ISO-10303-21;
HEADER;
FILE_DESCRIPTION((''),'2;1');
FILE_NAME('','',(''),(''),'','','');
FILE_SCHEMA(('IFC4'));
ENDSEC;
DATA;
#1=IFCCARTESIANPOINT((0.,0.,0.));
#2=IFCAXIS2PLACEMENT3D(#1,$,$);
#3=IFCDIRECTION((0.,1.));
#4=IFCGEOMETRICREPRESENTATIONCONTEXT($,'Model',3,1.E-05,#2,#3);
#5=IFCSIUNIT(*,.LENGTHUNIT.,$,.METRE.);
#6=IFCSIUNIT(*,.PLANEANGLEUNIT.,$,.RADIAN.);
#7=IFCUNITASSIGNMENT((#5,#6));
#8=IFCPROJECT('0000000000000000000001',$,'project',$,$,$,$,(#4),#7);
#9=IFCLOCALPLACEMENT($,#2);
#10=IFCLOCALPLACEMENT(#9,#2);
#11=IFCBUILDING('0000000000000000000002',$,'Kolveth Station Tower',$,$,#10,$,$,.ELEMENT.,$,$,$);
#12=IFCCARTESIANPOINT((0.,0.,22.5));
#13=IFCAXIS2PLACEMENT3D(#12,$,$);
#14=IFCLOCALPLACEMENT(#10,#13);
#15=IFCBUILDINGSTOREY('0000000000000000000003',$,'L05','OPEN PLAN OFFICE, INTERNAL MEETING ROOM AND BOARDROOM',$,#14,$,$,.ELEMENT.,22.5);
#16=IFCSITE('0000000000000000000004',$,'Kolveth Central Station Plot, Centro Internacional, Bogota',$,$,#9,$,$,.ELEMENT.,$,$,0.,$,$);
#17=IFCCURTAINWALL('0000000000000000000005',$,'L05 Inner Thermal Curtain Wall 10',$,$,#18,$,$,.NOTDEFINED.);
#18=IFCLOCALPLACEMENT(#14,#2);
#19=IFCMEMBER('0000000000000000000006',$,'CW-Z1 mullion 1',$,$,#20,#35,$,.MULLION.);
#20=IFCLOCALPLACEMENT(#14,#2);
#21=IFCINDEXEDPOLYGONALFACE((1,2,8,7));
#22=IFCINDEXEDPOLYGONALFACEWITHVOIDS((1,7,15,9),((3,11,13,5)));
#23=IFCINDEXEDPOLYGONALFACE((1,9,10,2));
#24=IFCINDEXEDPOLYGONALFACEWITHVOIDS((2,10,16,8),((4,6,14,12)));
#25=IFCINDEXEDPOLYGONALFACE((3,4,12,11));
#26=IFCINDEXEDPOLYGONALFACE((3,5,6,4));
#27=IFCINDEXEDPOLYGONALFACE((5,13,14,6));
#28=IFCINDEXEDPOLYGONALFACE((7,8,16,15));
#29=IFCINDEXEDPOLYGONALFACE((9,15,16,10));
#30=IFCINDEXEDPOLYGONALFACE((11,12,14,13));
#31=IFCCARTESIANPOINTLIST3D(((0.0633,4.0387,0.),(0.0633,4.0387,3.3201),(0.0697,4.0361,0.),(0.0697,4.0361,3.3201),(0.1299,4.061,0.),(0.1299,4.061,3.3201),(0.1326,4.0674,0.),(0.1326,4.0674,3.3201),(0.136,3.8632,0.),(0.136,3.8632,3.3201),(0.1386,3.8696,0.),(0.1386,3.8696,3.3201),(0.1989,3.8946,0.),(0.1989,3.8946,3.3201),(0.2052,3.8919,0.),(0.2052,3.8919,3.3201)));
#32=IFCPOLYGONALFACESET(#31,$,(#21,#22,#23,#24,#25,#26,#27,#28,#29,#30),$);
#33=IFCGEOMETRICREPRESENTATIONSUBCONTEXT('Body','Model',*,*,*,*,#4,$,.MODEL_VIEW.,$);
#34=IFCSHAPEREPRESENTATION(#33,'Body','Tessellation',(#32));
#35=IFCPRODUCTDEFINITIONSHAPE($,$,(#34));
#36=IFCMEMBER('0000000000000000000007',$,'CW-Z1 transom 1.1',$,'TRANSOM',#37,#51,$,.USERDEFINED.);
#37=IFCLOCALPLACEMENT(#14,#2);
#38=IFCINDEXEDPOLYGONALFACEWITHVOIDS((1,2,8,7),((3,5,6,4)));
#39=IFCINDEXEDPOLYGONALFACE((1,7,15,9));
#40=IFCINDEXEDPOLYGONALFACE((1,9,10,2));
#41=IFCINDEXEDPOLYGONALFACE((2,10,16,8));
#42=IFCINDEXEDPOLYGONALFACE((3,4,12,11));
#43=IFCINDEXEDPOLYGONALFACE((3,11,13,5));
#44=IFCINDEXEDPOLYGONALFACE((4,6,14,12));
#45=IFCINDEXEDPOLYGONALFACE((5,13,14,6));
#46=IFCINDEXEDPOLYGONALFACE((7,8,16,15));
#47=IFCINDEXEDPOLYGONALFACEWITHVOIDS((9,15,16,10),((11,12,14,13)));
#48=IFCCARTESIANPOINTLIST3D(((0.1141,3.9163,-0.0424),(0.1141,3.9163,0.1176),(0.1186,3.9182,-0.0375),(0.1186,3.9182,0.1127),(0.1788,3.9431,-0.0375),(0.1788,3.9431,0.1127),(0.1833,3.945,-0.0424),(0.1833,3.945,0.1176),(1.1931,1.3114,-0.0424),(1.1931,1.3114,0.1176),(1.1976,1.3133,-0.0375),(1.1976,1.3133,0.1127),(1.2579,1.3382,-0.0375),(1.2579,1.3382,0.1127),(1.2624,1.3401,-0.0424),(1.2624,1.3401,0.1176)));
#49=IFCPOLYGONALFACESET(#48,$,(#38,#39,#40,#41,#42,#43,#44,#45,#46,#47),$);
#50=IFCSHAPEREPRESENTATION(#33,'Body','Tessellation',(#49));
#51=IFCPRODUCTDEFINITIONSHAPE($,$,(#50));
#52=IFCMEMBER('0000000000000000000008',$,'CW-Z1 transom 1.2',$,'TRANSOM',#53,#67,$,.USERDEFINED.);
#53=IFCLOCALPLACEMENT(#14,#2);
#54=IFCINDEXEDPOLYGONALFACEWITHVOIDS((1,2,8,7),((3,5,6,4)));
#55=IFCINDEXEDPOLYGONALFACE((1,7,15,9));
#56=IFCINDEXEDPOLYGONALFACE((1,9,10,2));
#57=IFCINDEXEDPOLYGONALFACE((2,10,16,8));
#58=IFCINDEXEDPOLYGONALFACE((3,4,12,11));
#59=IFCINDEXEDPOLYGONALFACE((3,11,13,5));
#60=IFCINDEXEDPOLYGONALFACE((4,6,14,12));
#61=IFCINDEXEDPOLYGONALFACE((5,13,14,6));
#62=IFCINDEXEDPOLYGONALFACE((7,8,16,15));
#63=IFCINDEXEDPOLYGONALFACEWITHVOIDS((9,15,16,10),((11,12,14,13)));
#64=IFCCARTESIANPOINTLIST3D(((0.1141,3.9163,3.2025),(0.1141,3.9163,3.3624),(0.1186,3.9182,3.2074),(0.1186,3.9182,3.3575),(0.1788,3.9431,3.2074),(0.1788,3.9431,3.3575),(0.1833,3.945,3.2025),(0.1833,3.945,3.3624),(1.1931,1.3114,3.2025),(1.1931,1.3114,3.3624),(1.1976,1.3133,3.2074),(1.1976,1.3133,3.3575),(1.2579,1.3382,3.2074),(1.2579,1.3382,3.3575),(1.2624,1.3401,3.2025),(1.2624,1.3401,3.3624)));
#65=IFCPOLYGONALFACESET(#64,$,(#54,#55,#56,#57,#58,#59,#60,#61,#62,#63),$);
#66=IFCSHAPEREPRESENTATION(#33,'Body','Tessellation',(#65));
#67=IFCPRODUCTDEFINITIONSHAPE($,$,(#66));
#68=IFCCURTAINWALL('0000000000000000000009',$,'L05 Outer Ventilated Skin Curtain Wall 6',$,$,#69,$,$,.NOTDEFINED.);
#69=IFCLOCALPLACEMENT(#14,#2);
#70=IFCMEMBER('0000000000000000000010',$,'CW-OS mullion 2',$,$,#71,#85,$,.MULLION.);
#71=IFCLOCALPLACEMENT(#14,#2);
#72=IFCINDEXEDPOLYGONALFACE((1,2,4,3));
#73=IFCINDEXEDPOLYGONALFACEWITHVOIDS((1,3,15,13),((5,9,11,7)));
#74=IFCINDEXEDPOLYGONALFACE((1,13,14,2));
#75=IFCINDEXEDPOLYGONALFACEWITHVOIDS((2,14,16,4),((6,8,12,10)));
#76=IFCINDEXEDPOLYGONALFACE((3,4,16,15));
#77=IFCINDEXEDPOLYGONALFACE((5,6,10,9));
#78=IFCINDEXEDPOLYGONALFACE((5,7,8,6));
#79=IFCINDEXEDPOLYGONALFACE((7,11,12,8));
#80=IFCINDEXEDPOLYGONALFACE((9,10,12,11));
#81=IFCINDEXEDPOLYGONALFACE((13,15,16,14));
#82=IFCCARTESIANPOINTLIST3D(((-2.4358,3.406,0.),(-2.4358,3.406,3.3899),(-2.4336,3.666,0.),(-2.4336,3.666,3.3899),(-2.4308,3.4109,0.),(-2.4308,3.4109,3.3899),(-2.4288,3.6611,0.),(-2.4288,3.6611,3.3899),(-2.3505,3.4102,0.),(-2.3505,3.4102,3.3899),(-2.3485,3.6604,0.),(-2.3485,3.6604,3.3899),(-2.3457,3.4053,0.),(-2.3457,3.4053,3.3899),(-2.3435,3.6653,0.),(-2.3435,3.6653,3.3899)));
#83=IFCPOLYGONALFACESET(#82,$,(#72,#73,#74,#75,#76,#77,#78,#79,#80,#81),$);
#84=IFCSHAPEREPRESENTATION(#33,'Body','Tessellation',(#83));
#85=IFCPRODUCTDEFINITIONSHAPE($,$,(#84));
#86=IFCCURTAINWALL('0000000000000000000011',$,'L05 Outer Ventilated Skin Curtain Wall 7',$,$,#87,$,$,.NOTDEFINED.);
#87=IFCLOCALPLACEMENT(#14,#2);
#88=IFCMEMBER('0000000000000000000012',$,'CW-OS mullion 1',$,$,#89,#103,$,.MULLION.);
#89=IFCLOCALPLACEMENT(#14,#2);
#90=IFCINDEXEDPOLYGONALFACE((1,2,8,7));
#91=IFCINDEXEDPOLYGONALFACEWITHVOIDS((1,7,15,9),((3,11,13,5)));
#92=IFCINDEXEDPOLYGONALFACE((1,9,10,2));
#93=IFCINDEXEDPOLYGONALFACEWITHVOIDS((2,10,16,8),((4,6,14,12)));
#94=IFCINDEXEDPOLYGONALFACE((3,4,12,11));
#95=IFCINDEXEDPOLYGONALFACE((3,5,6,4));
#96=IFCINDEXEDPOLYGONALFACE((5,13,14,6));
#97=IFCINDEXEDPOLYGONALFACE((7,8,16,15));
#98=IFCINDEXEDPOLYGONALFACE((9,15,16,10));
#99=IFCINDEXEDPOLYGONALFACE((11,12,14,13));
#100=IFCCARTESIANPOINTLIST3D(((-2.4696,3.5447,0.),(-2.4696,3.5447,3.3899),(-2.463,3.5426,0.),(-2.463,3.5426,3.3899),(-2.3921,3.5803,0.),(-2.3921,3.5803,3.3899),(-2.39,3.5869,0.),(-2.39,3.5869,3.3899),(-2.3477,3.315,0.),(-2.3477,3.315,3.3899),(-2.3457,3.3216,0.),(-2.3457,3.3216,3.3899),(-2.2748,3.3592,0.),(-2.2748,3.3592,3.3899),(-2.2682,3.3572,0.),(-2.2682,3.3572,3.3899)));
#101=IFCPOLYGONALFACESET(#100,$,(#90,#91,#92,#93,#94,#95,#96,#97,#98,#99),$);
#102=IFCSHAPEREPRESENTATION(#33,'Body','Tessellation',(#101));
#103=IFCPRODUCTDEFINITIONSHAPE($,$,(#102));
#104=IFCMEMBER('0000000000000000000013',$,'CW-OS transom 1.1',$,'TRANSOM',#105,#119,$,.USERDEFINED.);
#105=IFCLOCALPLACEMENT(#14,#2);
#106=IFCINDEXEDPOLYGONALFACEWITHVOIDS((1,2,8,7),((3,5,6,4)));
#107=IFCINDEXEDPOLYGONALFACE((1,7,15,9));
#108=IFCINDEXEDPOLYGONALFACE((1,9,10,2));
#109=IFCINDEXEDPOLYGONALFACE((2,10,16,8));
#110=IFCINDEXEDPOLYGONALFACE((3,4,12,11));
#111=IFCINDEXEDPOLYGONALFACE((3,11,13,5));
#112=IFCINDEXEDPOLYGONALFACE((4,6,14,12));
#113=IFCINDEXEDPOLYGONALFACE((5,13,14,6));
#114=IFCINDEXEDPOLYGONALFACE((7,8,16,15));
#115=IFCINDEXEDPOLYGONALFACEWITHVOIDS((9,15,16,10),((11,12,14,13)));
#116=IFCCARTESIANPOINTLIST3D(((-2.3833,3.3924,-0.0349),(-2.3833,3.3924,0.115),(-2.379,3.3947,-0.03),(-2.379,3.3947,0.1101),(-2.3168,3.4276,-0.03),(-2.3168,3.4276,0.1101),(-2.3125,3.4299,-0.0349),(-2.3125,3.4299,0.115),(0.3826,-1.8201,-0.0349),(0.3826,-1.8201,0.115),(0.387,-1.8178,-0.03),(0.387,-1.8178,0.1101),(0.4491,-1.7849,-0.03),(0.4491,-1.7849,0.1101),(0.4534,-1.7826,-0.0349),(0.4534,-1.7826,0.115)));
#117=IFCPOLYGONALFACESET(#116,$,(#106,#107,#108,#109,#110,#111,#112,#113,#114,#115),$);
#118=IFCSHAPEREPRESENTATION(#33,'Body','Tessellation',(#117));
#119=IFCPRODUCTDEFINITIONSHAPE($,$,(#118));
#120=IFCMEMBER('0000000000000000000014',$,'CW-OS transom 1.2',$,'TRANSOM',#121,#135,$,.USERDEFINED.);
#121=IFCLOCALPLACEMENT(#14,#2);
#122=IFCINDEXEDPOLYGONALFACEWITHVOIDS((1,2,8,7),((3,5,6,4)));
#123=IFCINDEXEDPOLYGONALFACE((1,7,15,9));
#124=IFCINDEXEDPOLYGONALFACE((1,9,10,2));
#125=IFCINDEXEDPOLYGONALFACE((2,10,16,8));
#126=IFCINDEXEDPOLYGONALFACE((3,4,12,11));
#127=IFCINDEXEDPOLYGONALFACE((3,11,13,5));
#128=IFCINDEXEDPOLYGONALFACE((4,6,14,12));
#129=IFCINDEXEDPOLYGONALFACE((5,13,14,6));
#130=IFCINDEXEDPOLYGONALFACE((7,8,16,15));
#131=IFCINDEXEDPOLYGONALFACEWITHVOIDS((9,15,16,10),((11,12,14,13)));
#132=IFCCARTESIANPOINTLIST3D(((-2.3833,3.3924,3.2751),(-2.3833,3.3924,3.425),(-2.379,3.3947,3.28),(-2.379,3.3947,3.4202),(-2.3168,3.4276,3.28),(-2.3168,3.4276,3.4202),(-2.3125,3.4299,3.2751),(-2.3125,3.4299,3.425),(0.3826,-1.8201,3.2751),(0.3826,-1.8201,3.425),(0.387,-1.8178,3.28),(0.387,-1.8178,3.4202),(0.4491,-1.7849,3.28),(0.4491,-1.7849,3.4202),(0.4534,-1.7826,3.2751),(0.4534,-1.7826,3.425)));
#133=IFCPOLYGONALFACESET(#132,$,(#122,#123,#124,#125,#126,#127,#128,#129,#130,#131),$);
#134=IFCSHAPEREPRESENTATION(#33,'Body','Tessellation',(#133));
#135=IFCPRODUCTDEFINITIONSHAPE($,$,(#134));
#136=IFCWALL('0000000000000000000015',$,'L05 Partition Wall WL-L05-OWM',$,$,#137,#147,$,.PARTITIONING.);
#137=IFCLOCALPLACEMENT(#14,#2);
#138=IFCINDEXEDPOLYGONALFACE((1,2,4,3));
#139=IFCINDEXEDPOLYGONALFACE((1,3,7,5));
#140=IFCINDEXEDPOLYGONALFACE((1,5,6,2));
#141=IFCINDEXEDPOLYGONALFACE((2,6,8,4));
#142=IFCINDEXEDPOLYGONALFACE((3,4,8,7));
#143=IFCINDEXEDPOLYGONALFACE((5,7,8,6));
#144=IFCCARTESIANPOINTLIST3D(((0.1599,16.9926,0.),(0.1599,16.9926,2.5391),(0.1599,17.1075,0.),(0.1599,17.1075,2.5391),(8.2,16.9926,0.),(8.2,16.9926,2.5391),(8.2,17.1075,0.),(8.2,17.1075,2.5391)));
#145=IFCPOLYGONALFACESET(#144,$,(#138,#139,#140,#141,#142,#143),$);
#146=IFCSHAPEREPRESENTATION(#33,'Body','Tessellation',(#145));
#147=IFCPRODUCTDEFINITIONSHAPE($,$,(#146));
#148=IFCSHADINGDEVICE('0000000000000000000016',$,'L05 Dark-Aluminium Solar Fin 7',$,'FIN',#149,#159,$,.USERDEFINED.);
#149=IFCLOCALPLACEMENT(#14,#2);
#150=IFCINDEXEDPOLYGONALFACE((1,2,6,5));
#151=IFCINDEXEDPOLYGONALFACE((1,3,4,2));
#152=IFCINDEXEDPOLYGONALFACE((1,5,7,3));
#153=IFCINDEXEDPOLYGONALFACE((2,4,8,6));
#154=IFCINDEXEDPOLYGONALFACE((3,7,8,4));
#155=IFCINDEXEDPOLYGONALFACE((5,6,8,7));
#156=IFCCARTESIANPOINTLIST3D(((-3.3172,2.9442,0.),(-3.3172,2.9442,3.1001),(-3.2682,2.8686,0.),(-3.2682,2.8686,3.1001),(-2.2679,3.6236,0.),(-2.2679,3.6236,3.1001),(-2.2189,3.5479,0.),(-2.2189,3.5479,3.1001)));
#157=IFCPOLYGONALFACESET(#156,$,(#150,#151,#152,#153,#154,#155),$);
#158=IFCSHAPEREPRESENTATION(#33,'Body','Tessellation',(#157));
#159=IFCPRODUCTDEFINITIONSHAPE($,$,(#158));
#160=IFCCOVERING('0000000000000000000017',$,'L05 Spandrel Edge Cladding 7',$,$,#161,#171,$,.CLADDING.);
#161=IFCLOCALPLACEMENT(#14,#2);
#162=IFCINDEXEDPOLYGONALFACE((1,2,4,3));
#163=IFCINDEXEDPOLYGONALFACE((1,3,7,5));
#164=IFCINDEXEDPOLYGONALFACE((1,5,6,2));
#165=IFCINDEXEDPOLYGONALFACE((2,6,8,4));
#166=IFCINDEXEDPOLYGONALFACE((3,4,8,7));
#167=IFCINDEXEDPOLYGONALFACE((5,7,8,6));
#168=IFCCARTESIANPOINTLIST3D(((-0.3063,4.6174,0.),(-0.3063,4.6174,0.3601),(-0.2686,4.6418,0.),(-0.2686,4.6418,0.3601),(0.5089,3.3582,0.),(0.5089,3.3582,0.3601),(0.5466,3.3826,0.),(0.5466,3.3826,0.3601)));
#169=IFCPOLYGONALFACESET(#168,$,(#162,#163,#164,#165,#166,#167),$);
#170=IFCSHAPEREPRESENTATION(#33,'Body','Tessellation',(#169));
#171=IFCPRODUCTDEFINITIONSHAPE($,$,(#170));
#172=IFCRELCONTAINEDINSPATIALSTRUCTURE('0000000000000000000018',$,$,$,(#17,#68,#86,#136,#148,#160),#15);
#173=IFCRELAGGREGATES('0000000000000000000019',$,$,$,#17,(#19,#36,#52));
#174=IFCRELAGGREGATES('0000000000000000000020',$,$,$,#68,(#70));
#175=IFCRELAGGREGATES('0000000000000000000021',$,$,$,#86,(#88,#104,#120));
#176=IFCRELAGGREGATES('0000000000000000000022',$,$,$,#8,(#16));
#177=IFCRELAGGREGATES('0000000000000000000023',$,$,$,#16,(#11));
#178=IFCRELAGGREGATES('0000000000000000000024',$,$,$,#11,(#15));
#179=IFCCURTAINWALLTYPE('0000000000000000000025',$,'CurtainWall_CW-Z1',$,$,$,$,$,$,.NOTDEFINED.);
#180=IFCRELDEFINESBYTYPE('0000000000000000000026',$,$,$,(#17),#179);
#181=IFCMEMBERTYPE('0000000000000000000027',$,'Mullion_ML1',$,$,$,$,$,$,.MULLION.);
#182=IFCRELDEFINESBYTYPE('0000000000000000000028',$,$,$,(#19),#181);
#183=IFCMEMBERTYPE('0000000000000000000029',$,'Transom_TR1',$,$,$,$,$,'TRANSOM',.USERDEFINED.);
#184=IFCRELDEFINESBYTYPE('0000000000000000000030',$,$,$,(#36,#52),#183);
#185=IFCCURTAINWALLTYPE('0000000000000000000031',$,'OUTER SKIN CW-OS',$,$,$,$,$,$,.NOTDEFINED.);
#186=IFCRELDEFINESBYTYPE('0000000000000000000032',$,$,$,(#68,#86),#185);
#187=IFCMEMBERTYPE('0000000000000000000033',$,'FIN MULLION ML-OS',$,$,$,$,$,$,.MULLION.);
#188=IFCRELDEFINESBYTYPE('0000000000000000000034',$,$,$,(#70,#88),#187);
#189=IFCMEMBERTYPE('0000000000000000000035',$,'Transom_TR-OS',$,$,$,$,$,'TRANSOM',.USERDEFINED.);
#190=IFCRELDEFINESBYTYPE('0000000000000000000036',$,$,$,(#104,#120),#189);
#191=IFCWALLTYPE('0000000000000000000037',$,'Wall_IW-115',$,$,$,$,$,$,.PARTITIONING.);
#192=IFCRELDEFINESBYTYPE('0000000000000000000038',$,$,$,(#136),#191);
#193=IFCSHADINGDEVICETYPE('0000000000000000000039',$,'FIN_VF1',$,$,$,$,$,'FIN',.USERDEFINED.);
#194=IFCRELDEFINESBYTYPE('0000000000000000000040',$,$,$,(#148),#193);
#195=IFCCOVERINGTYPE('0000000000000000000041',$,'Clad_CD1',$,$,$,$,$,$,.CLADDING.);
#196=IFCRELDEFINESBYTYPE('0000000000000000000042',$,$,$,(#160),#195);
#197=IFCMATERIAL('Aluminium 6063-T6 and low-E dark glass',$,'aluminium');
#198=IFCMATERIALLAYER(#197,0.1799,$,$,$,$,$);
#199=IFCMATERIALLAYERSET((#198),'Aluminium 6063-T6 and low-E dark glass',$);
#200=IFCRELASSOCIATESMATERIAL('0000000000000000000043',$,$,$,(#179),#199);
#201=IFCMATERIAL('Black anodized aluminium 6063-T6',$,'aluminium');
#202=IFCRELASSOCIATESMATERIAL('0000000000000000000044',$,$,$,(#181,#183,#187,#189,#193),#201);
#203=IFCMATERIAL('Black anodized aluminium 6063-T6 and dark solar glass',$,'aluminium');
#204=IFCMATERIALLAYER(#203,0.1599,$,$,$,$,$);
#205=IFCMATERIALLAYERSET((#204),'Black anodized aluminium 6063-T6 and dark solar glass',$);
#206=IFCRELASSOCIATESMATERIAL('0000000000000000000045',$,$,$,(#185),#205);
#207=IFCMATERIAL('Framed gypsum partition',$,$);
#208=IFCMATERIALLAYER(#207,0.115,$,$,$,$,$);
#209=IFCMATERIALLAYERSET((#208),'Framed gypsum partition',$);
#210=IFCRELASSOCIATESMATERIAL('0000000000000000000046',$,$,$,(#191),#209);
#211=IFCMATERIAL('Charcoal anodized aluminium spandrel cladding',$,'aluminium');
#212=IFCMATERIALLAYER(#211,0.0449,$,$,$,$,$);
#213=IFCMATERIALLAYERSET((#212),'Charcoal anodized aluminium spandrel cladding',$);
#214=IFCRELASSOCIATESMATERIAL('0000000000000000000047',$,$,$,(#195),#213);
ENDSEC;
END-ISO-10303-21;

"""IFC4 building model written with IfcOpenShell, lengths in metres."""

from ifc_helpers import new_model, si_unit, direction, frame, frame_2d, origin, origin_2d, place, context, subcontext, project, spatial, rectangle, hollow_rectangle, extrude, source, transform, mapped, material, layer, layer_set, material_profile, profile_set, type_object, element, aggregate, save


model = new_model("IFC4")

# Units and contexts
model_context = context("Model", 3, precision=1e-05, world=origin(), true_north=direction((0.0, 1.0)))
body_context = subcontext(model_context, "Body", "Model", "MODEL_VIEW")
ifc_project = project(units=[si_unit("LENGTHUNIT", "METRE"), si_unit("PLANEANGLEUNIT", "RADIAN")], contexts=[model_context])

# Site, building, storey
site_placement = place(None, origin())
site = spatial("IfcSite", under=ifc_project, at=site_placement, Name="Kolveth Central Station Plot, Centro Internacional, Bogota", CompositionType="ELEMENT", RefElevation=0.0)
building_placement = place(site_placement, origin())
building = spatial("IfcBuilding", under=site, at=building_placement, Name="Kolveth Station Tower", CompositionType="ELEMENT")
storey_placement = place(building_placement, frame((0.0, 0.0, 22.5)))
storey = spatial("IfcBuildingStorey", under=building, at=storey_placement, Name="L05", Description="OPEN PLAN OFFICE, INTERNAL MEETING ROOM AND BOARDROOM", CompositionType="ELEMENT", Elevation=22.5)

# Shared definitions
ifc_material_1 = material(Name="Aluminium 6063-T6 and low-E dark glass", Category="aluminium")
ifc_layer_1 = layer(ifc_material_1, 0.1799)
ifc_layer_set_1 = layer_set([ifc_layer_1], Name="Aluminium 6063-T6 and low-E dark glass")
curtain_wall_type_1 = type_object("IfcCurtainWallType", Name="CurtainWall_CW-Z1", PredefinedType="NOTDEFINED", material=ifc_layer_set_1)
ifc_material_2 = material(Name="Black anodized aluminium 6063-T6", Category="aluminium")
ifc_material_profile_1 = material_profile(ifc_material_2, hollow_rectangle(XDim=0.075, YDim=0.1899, WallThickness=0.0049, at=origin_2d()), Name="ALU-75x190x5")
ifc_profile_set_1 = profile_set([ifc_material_profile_1], Name="Black anodized aluminium 6063-T6")
member_type_1 = type_object("IfcMemberType", Name="Mullion_ML1", PredefinedType="MULLION", material=ifc_profile_set_1)
shared_shape_1 = source(origin(), body_context, "Body", "SweptSolid", [
    extrude(hollow_rectangle(XDim=0.075, YDim=0.1899, WallThickness=0.0049, at=origin_2d()), origin(), (0.0, 0.0, 1.0), 3.3201),
])

# Curtain wall, members
curtain_wall_1_placement = place(storey_placement, origin())
curtain_wall_1 = element("IfcCurtainWall", 1, at=curtain_wall_1_placement, inside=storey, type_object=curtain_wall_type_1, Name="L05 Inner Thermal Curtain Wall 10", PredefinedType="NOTDEFINED")
member_1_placement = place(storey_placement, frame((0.1343, 3.9653, 0.0), z_axis=(0.0, 0.0, 1.0), x_axis=(0.923884, 0.382673, 0.0)))
member_1 = element("IfcMember", 2, at=member_1_placement, type_object=member_type_1, Name="CW-Z1 mullion 1", PredefinedType="MULLION", context=body_context, shape_type="MappedRepresentation", body=[
    mapped(shared_shape_1, transform((0.0, 0.0, 0.0), x_axis=(1.0, 0.0, 0.0), y_axis=(0.0, 1.0, 0.0), z_axis=(0.0, 0.0, 1.0), scale=1.0)),
])
ifc_material_profile_2 = material_profile(ifc_material_2, hollow_rectangle(XDim=0.075, YDim=0.1599, WallThickness=0.0049, at=origin_2d()), Name="ALU-75x160x5")
ifc_profile_set_2 = profile_set([ifc_material_profile_2], Name="Black anodized aluminium 6063-T6")
member_type_2 = type_object("IfcMemberType", Name="Transom_TR1", ElementType="TRANSOM", PredefinedType="USERDEFINED", material=ifc_profile_set_2)
shared_shape_2 = source(origin(), body_context, "Body", "SweptSolid", [
    extrude(hollow_rectangle(XDim=0.075, YDim=0.1599, WallThickness=0.0049, at=origin_2d()), origin(), (0.0, 0.0, 1.0), 2.8196),
])
member_2_placement = place(storey_placement, frame((0.1487, 3.9307, 0.0376), z_axis=(0.382709, -0.923869, 0.0), x_axis=(0.923869, 0.382709, 0.0)))
member_2 = element("IfcMember", 3, at=member_2_placement, type_object=member_type_2, Name="CW-Z1 transom 1.1", ObjectType="TRANSOM", PredefinedType="USERDEFINED", context=body_context, shape_type="MappedRepresentation", body=[
    mapped(shared_shape_2, transform((0.0, 0.0, 0.0), x_axis=(1.0, 0.0, 0.0), y_axis=(0.0, 1.0, 0.0), z_axis=(0.0, 0.0, 1.0), scale=1.0)),
])
member_3_placement = place(storey_placement, frame((0.1487, 3.9307, 3.2825), z_axis=(0.382709, -0.923869, 0.0), x_axis=(0.923869, 0.382709, 0.0)))
member_3 = element("IfcMember", 4, at=member_3_placement, type_object=member_type_2, Name="CW-Z1 transom 1.2", ObjectType="TRANSOM", PredefinedType="USERDEFINED", context=body_context, shape_type="MappedRepresentation", body=[
    mapped(shared_shape_2, transform((0.0, 0.0, 0.0), x_axis=(1.0, 0.0, 0.0), y_axis=(0.0, 1.0, 0.0), z_axis=(0.0, 0.0, 1.0), scale=1.0)),
])
aggregate(curtain_wall_1, [member_1, member_2, member_3])

# Curtain wall, member
ifc_material_3 = material(Name="Black anodized aluminium 6063-T6 and dark solar glass", Category="aluminium")
ifc_layer_2 = layer(ifc_material_3, 0.1599)
ifc_layer_set_2 = layer_set([ifc_layer_2], Name="Black anodized aluminium 6063-T6 and dark solar glass")
curtain_wall_type_2 = type_object("IfcCurtainWallType", Name="OUTER SKIN CW-OS", PredefinedType="NOTDEFINED", material=ifc_layer_set_2)
curtain_wall_2_placement = place(storey_placement, origin())
curtain_wall_2 = element("IfcCurtainWall", 5, at=curtain_wall_2_placement, inside=storey, type_object=curtain_wall_type_2, Name="L05 Outer Ventilated Skin Curtain Wall 6", PredefinedType="NOTDEFINED")
ifc_material_profile_3 = material_profile(ifc_material_2, hollow_rectangle(XDim=0.0901, YDim=0.26, WallThickness=0.0049, at=origin_2d()), Name="ALU-90x260x5")
ifc_profile_set_3 = profile_set([ifc_material_profile_3], Name="Black anodized aluminium 6063-T6")
member_type_3 = type_object("IfcMemberType", Name="FIN MULLION ML-OS", PredefinedType="MULLION", material=ifc_profile_set_3)
shared_shape_3 = source(origin(), body_context, "Body", "SweptSolid", [
    extrude(hollow_rectangle(XDim=0.0901, YDim=0.26, WallThickness=0.0049, at=origin_2d()), origin(), (0.0, 0.0, 1.0), 3.3899),
])
member_4_placement = place(storey_placement, frame((-2.3896, 3.5356, 0.0), z_axis=(0.0, 0.0, 1.0), x_axis=(0.999966, -0.008233, 0.0)))
member_4 = element("IfcMember", 6, at=member_4_placement, type_object=member_type_3, Name="CW-OS mullion 2", PredefinedType="MULLION", context=body_context, shape_type="MappedRepresentation", body=[
    mapped(shared_shape_3, transform((0.0, 0.0, 0.0), x_axis=(1.0, 0.0, 0.0), y_axis=(0.0, 1.0, 0.0), z_axis=(0.0, 0.0, 1.0), scale=1.0)),
])
aggregate(curtain_wall_2, [member_4])

# Curtain wall, members
curtain_wall_3_placement = place(storey_placement, origin())
curtain_wall_3 = element("IfcCurtainWall", 7, at=curtain_wall_3_placement, inside=storey, type_object=curtain_wall_type_2, Name="L05 Outer Ventilated Skin Curtain Wall 7", PredefinedType="NOTDEFINED")
member_5_placement = place(storey_placement, frame((-2.3689, 3.4509, 0.0), z_axis=(0.0, 0.0, 1.0), x_axis=(0.883337, 0.468738, 0.0)))
member_5 = element("IfcMember", 8, at=member_5_placement, type_object=member_type_3, Name="CW-OS mullion 1", PredefinedType="MULLION", context=body_context, shape_type="MappedRepresentation", body=[
    mapped(shared_shape_3, transform((0.0, 0.0, 0.0), x_axis=(1.0, 0.0, 0.0), y_axis=(0.0, 1.0, 0.0), z_axis=(0.0, 0.0, 1.0), scale=1.0)),
])
ifc_material_profile_4 = material_profile(ifc_material_2, hollow_rectangle(XDim=0.0801, YDim=0.1499, WallThickness=0.0049, at=origin_2d()), Name="ALU-80x150x5")
ifc_profile_set_4 = profile_set([ifc_material_profile_4], Name="Black anodized aluminium 6063-T6")
member_type_4 = type_object("IfcMemberType", Name="Transom_TR-OS", ElementType="TRANSOM", PredefinedType="USERDEFINED", material=ifc_profile_set_4)
shared_shape_4 = source(origin(), body_context, "Body", "SweptSolid", [
    extrude(hollow_rectangle(XDim=0.0801, YDim=0.1499, WallThickness=0.0049, at=origin_2d()), origin(), (0.0, 0.0, 1.0), 5.9009),
])
member_6_placement = place(storey_placement, frame((-2.3479, 3.4111, 0.04), z_axis=(0.46873, -0.883342, 0.0), x_axis=(0.883342, 0.46873, 0.0)))
member_6 = element("IfcMember", 9, at=member_6_placement, type_object=member_type_4, Name="CW-OS transom 1.1", ObjectType="TRANSOM", PredefinedType="USERDEFINED", context=body_context, shape_type="MappedRepresentation", body=[
    mapped(shared_shape_4, transform((0.0, 0.0, 0.0), x_axis=(1.0, 0.0, 0.0), y_axis=(0.0, 1.0, 0.0), z_axis=(0.0, 0.0, 1.0), scale=1.0)),
])
member_7_placement = place(storey_placement, frame((-2.3479, 3.4111, 3.3501), z_axis=(0.46873, -0.883342, 0.0), x_axis=(0.883342, 0.46873, 0.0)))
member_7 = element("IfcMember", 10, at=member_7_placement, type_object=member_type_4, Name="CW-OS transom 1.2", ObjectType="TRANSOM", PredefinedType="USERDEFINED", context=body_context, shape_type="MappedRepresentation", body=[
    mapped(shared_shape_4, transform((0.0, 0.0, 0.0), x_axis=(1.0, 0.0, 0.0), y_axis=(0.0, 1.0, 0.0), z_axis=(0.0, 0.0, 1.0), scale=1.0)),
])
aggregate(curtain_wall_3, [member_5, member_6, member_7])

# Wall
ifc_material_4 = material(Name="Framed gypsum partition")
ifc_layer_3 = layer(ifc_material_4, 0.115)
ifc_layer_set_3 = layer_set([ifc_layer_3], Name="Framed gypsum partition")
wall_type = type_object("IfcWallType", Name="Wall_IW-115", PredefinedType="PARTITIONING", material=ifc_layer_set_3)
wall_placement = place(storey_placement, frame((0.1599, 17.05, 0.0), z_axis=(0.0, 0.0, 1.0), x_axis=(1.0, 0.0, 0.0)))
element("IfcWall", 11, at=wall_placement, inside=storey, type_object=wall_type, Name="L05 Partition Wall WL-L05-OWM", PredefinedType="PARTITIONING", context=body_context, shape_type="SweptSolid", body=[
    extrude(rectangle(XDim=8.04, YDim=0.115, at=frame_2d((4.02, 0.0))), origin(), (0.0, 0.0, 1.0), 2.5391),
])

# Shading device
shading_device_type = type_object("IfcShadingDeviceType", Name="FIN_VF1", ElementType="FIN", PredefinedType="USERDEFINED", material=ifc_material_2)
shared_shape_5 = source(origin(), body_context, "Body", "SweptSolid", [
    extrude(rectangle(XDim=1.25, YDim=0.0901, at=origin_2d()), origin(), (0.0, 0.0, 1.0), 3.1001),
])
shading_device_placement = place(storey_placement, frame((-2.7681, 3.2461, 0.0), z_axis=(0.0, 0.0, 1.0), x_axis=(-0.83943, -0.543467, 0.0)))
element("IfcShadingDevice", 12, at=shading_device_placement, inside=storey, type_object=shading_device_type, Name="L05 Dark-Aluminium Solar Fin 7", ObjectType="FIN", PredefinedType="USERDEFINED", context=body_context, shape_type="MappedRepresentation", body=[
    mapped(shared_shape_5, transform((0.0, 0.0, 0.0), x_axis=(1.0, 0.0, 0.0), y_axis=(0.0, 1.0, 0.0), z_axis=(0.0, 0.0, 1.0), scale=1.0)),
])

# Covering
ifc_material_5 = material(Name="Charcoal anodized aluminium spandrel cladding", Category="aluminium")
ifc_layer_4 = layer(ifc_material_5, 0.0449)
ifc_layer_set_4 = layer_set([ifc_layer_4], Name="Charcoal anodized aluminium spandrel cladding")
covering_type = type_object("IfcCoveringType", Name="Clad_CD1", PredefinedType="CLADDING", material=ifc_layer_set_4)
shared_shape_6 = source(origin(), body_context, "Body", "SweptSolid", [
    extrude(rectangle(XDim=1.5, YDim=0.0449, at=origin_2d()), origin(), (0.0, 0.0, 1.0), 0.3601),
])
covering_placement = place(storey_placement, frame((0.1201, 4.0, 0.0), z_axis=(0.0, 0.0, 1.0), x_axis=(0.543467, -0.83943, 0.0)))
element("IfcCovering", 13, at=covering_placement, inside=storey, type_object=covering_type, Name="L05 Spandrel Edge Cladding 7", PredefinedType="CLADDING", context=body_context, shape_type="MappedRepresentation", body=[
    mapped(shared_shape_6, transform((0.0, 0.0, 0.0), x_axis=(1.0, 0.0, 0.0), y_axis=(0.0, 1.0, 0.0), z_axis=(0.0, 0.0, 1.0), scale=1.0)),
])

save(model, "model.ifc")
